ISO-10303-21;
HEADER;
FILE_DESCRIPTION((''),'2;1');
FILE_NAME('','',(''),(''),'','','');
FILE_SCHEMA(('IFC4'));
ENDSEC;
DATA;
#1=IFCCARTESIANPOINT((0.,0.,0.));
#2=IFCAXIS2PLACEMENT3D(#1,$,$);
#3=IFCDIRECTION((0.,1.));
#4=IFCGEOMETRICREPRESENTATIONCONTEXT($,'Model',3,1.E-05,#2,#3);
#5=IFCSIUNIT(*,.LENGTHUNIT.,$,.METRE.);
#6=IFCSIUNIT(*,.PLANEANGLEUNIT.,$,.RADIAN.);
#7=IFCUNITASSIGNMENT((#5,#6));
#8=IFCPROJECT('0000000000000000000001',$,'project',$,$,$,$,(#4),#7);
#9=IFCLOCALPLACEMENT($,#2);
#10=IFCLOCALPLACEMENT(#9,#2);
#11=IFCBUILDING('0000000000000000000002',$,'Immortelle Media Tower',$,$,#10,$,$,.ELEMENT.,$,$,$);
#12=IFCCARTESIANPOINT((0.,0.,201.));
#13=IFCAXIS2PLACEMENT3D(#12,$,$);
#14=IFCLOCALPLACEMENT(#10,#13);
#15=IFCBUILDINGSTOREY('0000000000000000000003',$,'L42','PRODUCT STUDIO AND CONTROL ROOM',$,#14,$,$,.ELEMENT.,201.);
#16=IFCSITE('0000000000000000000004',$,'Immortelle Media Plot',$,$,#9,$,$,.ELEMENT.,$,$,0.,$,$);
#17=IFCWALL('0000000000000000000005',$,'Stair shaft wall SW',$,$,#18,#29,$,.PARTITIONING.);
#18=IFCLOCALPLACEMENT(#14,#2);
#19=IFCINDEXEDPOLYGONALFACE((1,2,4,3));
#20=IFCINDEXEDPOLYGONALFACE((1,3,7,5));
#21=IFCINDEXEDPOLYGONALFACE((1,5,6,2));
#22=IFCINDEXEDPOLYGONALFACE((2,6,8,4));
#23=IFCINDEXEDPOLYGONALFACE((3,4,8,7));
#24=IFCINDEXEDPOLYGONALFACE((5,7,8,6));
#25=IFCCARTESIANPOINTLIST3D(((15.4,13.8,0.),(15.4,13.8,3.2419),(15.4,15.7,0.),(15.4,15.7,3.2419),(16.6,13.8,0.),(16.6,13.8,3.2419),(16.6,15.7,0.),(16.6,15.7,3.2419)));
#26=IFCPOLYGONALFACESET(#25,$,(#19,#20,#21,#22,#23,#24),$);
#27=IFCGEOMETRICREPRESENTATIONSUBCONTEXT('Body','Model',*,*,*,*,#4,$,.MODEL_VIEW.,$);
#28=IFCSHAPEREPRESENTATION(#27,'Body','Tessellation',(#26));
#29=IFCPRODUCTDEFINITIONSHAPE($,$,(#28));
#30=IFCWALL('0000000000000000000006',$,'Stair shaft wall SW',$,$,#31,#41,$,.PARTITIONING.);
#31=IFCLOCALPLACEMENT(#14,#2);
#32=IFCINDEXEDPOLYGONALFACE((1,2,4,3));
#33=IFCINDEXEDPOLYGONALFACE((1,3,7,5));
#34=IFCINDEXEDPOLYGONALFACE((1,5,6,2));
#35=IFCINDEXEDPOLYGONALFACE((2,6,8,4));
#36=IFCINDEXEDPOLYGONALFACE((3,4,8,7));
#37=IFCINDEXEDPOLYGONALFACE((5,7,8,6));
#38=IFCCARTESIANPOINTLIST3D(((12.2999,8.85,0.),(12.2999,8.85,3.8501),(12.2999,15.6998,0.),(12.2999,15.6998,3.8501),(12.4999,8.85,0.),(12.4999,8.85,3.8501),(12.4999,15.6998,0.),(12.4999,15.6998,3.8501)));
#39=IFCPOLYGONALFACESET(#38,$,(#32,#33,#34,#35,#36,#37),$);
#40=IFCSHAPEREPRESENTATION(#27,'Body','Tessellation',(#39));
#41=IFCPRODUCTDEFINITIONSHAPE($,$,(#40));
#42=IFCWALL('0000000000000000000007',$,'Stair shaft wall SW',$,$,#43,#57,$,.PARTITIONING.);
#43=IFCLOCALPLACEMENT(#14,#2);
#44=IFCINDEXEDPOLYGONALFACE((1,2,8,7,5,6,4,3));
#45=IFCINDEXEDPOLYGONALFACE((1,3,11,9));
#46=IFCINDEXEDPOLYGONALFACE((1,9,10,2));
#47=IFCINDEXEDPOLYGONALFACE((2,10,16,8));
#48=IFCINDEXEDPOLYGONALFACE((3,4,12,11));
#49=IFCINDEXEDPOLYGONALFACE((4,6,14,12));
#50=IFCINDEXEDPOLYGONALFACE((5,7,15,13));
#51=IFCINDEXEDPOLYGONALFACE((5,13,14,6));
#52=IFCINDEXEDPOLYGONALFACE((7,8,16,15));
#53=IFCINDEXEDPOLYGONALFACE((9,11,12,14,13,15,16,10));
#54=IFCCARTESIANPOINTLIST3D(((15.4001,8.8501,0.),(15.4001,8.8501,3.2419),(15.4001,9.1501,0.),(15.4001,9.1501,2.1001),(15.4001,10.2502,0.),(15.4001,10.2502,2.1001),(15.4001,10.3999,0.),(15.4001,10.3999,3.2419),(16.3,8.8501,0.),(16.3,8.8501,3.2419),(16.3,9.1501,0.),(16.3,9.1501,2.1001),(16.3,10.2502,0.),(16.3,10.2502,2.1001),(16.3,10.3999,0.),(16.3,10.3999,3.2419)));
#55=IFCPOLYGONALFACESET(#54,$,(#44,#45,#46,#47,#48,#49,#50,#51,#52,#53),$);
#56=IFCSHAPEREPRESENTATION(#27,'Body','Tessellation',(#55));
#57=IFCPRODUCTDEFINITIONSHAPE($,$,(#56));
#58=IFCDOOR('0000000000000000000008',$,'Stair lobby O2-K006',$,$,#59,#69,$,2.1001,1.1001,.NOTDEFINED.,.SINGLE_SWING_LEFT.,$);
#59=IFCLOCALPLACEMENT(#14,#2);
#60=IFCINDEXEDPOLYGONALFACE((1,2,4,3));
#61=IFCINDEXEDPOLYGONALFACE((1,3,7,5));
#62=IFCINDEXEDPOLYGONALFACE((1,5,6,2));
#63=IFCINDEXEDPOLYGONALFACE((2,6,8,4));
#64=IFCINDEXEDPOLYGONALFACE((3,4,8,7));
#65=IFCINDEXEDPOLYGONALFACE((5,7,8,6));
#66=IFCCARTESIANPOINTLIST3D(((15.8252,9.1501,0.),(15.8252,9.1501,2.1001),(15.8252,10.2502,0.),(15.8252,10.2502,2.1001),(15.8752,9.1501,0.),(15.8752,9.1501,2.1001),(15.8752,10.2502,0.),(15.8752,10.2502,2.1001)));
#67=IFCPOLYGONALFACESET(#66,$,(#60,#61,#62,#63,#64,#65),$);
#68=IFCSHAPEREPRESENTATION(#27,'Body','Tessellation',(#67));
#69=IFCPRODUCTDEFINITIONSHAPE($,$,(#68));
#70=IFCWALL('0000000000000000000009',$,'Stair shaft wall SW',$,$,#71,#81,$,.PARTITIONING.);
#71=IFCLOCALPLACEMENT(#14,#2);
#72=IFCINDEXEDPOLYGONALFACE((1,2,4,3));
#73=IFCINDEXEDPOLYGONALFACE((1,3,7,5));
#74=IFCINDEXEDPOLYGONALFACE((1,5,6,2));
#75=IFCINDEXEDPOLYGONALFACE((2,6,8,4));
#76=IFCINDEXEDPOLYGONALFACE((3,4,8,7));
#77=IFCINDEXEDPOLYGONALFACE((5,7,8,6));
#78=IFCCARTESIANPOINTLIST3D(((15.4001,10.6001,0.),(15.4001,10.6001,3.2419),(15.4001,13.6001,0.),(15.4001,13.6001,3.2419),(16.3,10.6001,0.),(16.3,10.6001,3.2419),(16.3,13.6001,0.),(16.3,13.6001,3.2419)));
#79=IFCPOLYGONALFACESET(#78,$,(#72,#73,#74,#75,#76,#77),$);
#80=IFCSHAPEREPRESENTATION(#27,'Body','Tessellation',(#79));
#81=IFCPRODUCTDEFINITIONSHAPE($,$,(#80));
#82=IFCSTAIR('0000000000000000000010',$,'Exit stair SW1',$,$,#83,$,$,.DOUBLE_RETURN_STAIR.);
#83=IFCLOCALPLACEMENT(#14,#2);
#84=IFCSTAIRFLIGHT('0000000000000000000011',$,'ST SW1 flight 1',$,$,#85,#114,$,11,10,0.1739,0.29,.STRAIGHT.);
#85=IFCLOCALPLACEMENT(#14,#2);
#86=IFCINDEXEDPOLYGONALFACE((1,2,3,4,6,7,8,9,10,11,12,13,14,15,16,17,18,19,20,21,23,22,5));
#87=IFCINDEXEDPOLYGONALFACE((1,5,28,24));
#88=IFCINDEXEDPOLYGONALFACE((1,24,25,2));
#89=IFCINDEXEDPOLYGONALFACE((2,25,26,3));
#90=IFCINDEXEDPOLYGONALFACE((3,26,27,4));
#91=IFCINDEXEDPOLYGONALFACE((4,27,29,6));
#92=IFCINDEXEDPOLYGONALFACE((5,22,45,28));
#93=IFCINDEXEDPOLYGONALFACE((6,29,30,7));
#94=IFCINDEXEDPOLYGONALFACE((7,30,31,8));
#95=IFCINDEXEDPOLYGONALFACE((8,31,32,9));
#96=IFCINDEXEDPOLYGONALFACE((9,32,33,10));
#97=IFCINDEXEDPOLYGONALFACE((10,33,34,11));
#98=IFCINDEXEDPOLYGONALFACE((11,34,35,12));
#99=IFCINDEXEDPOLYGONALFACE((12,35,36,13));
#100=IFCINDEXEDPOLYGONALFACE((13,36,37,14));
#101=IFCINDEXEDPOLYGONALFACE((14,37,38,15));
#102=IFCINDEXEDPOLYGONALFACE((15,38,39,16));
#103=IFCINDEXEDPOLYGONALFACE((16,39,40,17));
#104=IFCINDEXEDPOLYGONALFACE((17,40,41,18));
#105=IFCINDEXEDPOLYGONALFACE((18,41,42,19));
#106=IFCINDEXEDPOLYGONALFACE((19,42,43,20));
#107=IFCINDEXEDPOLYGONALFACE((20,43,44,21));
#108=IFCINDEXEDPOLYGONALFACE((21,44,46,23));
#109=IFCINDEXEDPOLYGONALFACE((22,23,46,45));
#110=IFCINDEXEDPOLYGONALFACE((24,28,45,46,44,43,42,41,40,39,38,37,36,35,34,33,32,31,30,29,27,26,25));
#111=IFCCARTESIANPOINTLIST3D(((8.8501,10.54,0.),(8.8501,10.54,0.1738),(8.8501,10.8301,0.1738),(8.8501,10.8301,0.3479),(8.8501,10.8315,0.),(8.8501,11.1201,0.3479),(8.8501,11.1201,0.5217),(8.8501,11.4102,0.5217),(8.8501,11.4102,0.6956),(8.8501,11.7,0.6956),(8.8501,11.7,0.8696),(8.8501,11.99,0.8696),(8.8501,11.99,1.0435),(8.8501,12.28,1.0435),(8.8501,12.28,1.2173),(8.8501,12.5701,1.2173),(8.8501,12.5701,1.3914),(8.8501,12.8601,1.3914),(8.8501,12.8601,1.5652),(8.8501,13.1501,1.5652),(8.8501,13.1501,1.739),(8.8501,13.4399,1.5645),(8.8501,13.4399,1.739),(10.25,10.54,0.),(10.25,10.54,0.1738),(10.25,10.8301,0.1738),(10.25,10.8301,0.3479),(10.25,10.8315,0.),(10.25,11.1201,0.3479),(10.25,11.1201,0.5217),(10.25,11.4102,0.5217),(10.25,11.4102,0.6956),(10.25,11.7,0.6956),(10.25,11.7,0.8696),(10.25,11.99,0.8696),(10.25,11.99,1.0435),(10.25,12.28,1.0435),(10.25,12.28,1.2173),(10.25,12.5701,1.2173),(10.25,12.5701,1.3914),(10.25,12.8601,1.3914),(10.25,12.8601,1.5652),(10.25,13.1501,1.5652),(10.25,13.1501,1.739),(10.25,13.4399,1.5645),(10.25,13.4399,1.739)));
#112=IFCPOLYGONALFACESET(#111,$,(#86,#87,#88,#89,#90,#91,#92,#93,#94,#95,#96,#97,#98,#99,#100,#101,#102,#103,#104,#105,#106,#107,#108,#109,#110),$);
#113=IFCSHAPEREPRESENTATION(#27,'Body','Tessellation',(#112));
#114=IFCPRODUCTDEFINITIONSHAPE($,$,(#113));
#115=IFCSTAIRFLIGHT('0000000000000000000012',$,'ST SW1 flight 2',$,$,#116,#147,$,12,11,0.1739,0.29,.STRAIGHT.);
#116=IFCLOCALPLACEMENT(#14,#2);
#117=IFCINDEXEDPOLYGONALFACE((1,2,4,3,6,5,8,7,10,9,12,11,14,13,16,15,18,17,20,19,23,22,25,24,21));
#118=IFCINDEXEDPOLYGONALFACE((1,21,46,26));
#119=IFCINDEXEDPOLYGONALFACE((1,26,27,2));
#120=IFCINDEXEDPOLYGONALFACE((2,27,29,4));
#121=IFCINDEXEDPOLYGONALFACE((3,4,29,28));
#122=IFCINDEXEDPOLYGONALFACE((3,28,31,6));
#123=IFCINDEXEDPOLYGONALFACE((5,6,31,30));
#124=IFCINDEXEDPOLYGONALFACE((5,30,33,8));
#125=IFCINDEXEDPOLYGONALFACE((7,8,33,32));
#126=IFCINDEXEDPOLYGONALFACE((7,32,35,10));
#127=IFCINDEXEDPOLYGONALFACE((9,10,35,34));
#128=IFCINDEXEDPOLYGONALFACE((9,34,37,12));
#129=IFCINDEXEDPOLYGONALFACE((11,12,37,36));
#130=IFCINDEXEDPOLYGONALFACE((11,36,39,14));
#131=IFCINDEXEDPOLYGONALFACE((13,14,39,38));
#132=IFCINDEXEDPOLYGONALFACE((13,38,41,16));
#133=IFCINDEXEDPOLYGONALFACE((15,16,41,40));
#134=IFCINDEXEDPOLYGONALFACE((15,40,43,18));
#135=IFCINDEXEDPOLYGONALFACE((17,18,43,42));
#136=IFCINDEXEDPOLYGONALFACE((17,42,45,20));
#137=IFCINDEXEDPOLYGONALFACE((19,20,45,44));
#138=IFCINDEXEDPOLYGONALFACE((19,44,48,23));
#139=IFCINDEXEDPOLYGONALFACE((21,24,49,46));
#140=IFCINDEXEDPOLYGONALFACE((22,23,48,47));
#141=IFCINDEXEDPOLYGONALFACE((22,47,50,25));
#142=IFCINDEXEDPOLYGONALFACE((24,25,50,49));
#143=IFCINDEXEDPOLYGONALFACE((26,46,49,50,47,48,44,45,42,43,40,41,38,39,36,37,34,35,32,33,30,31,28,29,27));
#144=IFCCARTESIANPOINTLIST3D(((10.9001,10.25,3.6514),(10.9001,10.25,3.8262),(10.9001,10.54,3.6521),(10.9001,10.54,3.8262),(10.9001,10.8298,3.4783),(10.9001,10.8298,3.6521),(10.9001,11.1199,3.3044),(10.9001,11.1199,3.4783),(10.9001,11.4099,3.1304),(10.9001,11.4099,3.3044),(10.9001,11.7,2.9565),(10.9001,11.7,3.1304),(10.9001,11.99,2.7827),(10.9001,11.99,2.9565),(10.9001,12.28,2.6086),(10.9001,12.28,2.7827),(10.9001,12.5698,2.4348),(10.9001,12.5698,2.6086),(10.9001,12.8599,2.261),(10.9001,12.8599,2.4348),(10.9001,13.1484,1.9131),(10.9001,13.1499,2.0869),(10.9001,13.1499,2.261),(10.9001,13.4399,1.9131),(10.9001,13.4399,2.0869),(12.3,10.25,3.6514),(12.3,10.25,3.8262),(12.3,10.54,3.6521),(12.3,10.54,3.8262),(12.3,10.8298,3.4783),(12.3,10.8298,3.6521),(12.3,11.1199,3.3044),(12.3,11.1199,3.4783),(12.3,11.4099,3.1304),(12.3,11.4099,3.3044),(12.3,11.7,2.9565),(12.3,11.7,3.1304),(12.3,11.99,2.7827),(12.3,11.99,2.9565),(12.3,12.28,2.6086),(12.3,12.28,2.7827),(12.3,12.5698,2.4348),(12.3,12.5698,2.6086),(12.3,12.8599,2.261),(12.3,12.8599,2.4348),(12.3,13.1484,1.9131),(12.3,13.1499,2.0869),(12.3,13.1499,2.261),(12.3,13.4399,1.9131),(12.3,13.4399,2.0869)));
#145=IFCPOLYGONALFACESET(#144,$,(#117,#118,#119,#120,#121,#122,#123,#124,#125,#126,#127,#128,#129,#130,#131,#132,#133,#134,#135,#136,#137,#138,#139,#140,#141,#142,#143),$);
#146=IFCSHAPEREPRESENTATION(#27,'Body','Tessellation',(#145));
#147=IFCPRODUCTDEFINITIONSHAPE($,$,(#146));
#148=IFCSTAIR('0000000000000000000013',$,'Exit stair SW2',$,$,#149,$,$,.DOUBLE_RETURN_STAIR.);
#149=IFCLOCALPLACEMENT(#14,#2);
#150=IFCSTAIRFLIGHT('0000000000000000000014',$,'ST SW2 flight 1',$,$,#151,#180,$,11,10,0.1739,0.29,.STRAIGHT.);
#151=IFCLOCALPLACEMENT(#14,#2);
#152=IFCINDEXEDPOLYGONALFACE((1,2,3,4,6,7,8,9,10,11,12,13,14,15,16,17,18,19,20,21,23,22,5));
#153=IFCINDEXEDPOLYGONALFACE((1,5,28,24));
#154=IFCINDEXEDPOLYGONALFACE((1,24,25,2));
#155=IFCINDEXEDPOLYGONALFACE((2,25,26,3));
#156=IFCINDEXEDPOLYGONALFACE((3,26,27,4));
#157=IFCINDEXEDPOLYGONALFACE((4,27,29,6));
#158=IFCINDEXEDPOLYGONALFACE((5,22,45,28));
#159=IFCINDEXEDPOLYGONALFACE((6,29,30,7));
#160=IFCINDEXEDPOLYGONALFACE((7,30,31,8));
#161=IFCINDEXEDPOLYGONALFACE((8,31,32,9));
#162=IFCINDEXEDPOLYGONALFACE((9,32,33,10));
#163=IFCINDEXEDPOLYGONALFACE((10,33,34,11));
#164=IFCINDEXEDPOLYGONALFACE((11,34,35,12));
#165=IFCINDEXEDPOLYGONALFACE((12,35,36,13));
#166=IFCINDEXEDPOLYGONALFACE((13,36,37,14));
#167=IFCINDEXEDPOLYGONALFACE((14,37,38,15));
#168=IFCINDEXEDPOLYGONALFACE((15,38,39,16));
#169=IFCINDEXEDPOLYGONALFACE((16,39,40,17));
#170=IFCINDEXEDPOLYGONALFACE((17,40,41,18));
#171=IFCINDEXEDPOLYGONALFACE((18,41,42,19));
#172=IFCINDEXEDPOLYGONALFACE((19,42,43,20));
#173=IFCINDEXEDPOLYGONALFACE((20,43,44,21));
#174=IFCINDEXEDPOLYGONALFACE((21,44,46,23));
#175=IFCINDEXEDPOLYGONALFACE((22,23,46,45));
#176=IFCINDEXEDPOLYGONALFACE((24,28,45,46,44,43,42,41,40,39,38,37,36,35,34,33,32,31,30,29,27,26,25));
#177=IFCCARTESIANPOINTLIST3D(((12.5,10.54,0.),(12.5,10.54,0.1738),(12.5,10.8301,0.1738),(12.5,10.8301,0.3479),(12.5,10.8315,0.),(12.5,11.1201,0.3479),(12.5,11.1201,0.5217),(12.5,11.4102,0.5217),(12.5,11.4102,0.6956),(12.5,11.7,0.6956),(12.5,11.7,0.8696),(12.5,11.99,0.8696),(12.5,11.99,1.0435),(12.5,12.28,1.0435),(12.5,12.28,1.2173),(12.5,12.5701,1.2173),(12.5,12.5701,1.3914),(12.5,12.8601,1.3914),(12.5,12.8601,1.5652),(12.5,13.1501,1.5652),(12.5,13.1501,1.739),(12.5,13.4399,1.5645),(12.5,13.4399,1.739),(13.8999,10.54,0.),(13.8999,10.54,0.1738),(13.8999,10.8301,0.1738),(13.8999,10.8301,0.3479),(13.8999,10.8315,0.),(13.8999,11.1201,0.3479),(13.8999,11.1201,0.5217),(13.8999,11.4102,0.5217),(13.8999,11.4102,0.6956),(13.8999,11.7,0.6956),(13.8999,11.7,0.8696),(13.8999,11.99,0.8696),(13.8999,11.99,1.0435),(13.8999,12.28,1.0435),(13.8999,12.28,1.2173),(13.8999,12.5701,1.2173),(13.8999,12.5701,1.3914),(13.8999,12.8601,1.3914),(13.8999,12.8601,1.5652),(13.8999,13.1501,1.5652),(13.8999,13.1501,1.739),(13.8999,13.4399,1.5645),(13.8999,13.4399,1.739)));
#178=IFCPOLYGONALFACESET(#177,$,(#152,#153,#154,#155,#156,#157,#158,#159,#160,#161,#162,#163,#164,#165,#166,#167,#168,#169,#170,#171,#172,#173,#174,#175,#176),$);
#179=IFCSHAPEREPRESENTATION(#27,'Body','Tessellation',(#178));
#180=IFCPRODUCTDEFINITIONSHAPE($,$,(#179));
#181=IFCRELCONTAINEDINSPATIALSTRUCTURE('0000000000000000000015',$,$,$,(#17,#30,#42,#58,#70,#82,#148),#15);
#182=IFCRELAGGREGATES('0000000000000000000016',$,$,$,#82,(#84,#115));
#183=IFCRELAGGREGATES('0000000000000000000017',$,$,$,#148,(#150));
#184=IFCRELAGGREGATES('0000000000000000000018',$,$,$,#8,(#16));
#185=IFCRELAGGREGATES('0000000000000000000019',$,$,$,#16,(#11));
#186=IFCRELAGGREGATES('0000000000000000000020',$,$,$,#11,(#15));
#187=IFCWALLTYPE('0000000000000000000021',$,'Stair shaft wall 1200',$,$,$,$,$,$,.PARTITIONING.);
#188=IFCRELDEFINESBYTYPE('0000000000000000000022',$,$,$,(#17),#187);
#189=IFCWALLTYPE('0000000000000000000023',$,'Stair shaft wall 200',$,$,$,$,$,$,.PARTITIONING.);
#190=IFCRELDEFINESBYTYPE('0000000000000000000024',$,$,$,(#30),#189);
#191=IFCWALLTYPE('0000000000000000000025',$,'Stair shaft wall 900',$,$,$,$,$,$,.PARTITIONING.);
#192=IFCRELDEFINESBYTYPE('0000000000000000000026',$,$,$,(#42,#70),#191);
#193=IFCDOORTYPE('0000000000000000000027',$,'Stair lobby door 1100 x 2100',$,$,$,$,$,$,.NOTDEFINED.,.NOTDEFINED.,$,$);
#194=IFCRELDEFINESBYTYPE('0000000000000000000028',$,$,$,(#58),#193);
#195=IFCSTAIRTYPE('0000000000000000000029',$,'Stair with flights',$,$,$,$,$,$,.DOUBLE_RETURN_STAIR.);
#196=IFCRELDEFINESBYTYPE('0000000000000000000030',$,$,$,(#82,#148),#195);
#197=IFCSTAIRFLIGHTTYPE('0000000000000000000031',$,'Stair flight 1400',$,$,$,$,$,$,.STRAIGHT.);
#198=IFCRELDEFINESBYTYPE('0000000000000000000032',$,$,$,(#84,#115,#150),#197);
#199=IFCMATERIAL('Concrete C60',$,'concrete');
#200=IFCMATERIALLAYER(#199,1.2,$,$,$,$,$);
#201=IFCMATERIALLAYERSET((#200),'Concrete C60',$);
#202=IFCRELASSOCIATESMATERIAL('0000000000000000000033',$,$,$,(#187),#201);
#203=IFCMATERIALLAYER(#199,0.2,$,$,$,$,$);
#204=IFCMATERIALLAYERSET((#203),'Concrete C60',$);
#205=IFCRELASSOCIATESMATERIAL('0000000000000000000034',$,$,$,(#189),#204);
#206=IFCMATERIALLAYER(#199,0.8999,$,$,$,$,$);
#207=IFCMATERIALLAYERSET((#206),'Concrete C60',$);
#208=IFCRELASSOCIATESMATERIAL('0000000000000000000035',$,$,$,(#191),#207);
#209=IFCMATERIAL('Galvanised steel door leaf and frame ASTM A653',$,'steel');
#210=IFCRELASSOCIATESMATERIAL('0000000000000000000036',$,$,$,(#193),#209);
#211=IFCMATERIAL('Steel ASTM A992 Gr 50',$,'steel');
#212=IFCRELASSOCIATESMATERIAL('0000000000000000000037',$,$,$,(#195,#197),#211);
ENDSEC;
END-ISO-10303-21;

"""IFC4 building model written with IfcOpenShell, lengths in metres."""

from ifc_helpers import new_model, si_unit, direction, frame, frame_2d, origin, place, context, subcontext, project, spatial, polyline, rectangle, outline, extrude, material, layer, layer_set, type_object, element, fill, aggregate, save


model = new_model("IFC4")

# Units and contexts
model_context = context("Model", 3, precision=1e-05, world=origin(), true_north=direction((0.0, 1.0)))
body_context = subcontext(model_context, "Body", "Model", "MODEL_VIEW")
ifc_project = project(units=[si_unit("LENGTHUNIT", "METRE"), si_unit("PLANEANGLEUNIT", "RADIAN")], contexts=[model_context])

# Site, building, storey
site_placement = place(None, origin())
site = spatial("IfcSite", under=ifc_project, at=site_placement, Name="Immortelle Media Plot", CompositionType="ELEMENT", RefElevation=0.0)
building_placement = place(site_placement, origin())
building = spatial("IfcBuilding", under=site, at=building_placement, Name="Immortelle Media Tower", CompositionType="ELEMENT")
storey_placement = place(building_placement, frame((0.0, 0.0, 201.0)))
storey = spatial("IfcBuildingStorey", under=building, at=storey_placement, Name="L42", Description="PRODUCT STUDIO AND CONTROL ROOM", CompositionType="ELEMENT", Elevation=201.0)

# Shared definitions
ifc_material_1 = material(Name="Steel ASTM A992 Gr 50", Category="steel")

# Walls
ifc_material_2 = material(Name="Concrete C60", Category="concrete")
ifc_layer_1 = layer(ifc_material_2, 1.2)
ifc_layer_set_1 = layer_set([ifc_layer_1], Name="Concrete C60")
wall_type_1 = type_object("IfcWallType", Name="Stair shaft wall 1200", PredefinedType="PARTITIONING", material=ifc_layer_set_1)
wall_1_placement = place(storey_placement, frame((16.0, 13.8, 0.0), z_axis=(0.0, 0.0, 1.0), x_axis=(0.0, 1.0, 0.0)))
element("IfcWall", 1, at=wall_1_placement, inside=storey, type_object=wall_type_1, Name="Stair shaft wall SW", PredefinedType="PARTITIONING", context=body_context, shape_type="SweptSolid", body=[
    extrude(rectangle(XDim=1.8999, YDim=1.2, at=frame_2d((0.95, 0.0))), origin(), (0.0, 0.0, 1.0), 3.2419),
])
ifc_layer_2 = layer(ifc_material_2, 0.2)
ifc_layer_set_2 = layer_set([ifc_layer_2], Name="Concrete C60")
wall_type_2 = type_object("IfcWallType", Name="Stair shaft wall 200", PredefinedType="PARTITIONING", material=ifc_layer_set_2)
wall_2_placement = place(storey_placement, frame((12.3999, 8.8501, 0.0), z_axis=(0.0, 0.0, 1.0), x_axis=(0.0, 1.0, 0.0)))
element("IfcWall", 2, at=wall_2_placement, inside=storey, type_object=wall_type_2, Name="Stair shaft wall SW", PredefinedType="PARTITIONING", context=body_context, shape_type="SweptSolid", body=[
    extrude(rectangle(XDim=6.8499, YDim=0.2, at=frame_2d((3.4248, 0.0))), origin(), (0.0, 0.0, 1.0), 3.8501),
])

# Wall, opening, door
ifc_layer_3 = layer(ifc_material_2, 0.8999)
ifc_layer_set_3 = layer_set([ifc_layer_3], Name="Concrete C60")
wall_type_3 = type_object("IfcWallType", Name="Stair shaft wall 900", PredefinedType="PARTITIONING", material=ifc_layer_set_3)
wall_3_placement = place(storey_placement, frame((15.8501, 8.8501, 0.0), z_axis=(0.0, 0.0, 1.0), x_axis=(0.0, 1.0, 0.0)))
wall_3 = element("IfcWall", 3, at=wall_3_placement, inside=storey, type_object=wall_type_3, Name="Stair shaft wall SW", PredefinedType="PARTITIONING", context=body_context, shape_type="SweptSolid", body=[
    extrude(rectangle(XDim=1.5498, YDim=0.8999, at=frame_2d((0.7749, 0.0))), origin(), (0.0, 0.0, 1.0), 3.2419),
])
opening_1_placement = place(wall_3_placement, frame((0.3, 0.0, 0.0)))
opening_1 = element("IfcOpeningElement", 4, at=opening_1_placement, cuts=wall_3, PredefinedType="OPENING", context=body_context, shape_type="SweptSolid", body=[
    extrude(rectangle(XDim=1.1001, YDim=2.1001, at=frame_2d((0.55, 1.05))), frame((0.0, 0.46, 0.0), z_axis=(0.0, -1.0, 0.0), x_axis=(1.0, 0.0, 0.0)), (0.0, 0.0, 1.0), 0.9199),
])
ifc_material_3 = material(Name="Galvanised steel door leaf and frame ASTM A653", Category="steel")
door_type_1 = type_object("IfcDoorType", Name="Stair lobby door 1100 x 2100", OperationType="NOTDEFINED", PredefinedType="NOTDEFINED", material=ifc_material_3)
door_1_placement = place(opening_1_placement, origin())
door_1 = element("IfcDoor", 5, at=door_1_placement, inside=storey, type_object=door_type_1, Name="Stair lobby O2-K006", OperationType="SINGLE_SWING_LEFT", OverallHeight=2.1001, OverallWidth=1.1001, PredefinedType="NOTDEFINED", context=body_context, shape_type="SweptSolid", body=[
    extrude(rectangle(XDim=1.1001, YDim=2.1001, at=frame_2d((0.55, 1.05))), frame((0.0, 0.0249, 0.0), z_axis=(0.0, -1.0, 0.0), x_axis=(1.0, 0.0, 0.0)), (0.0, 0.0, 1.0), 0.05),
])
fill(opening_1, door_1)

# Wall
wall_4_placement = place(storey_placement, frame((15.8501, 10.6001, 0.0), z_axis=(0.0, 0.0, 1.0), x_axis=(0.0, 1.0, 0.0)))
element("IfcWall", 6, at=wall_4_placement, inside=storey, type_object=wall_type_3, Name="Stair shaft wall SW", PredefinedType="PARTITIONING", context=body_context, shape_type="SweptSolid", body=[
    extrude(rectangle(XDim=3.0, YDim=0.8999, at=frame_2d((1.5, 0.0))), origin(), (0.0, 0.0, 1.0), 3.2419),
])

# Stairs, stair flights
stair_type = type_object("IfcStairType", Name="Stair with flights", PredefinedType="DOUBLE_RETURN_STAIR", material=ifc_material_1)
stair_1_placement = place(storey_placement, origin())
stair_1 = element("IfcStair", 7, at=stair_1_placement, inside=storey, type_object=stair_type, Name="Exit stair SW1", PredefinedType="DOUBLE_RETURN_STAIR")
stair_flight_type = type_object("IfcStairFlightType", Name="Stair flight 1400", PredefinedType="STRAIGHT", material=ifc_material_1)
stair_flight_1_placement = place(storey_placement, frame((9.55, 10.54, 0.0), z_axis=(0.0, 0.0, 1.0), x_axis=(0.0, 1.0, 0.0)))
stair_flight_1 = element("IfcStairFlight", 8, at=stair_flight_1_placement, type_object=stair_flight_type, Name="ST SW1 flight 1", NumberOfRisers=11, NumberOfTreads=10, PredefinedType="STRAIGHT", RiserHeight=0.1739, TreadLength=0.29, context=body_context, shape_type="SweptSolid", body=[
    extrude(outline(polyline([(0.0, 0.0), (0.0, 0.1738), (0.29, 0.1738), (0.29, 0.3479), (0.5801, 0.3479), (0.5801, 0.5217), (0.8701, 0.5217), (0.8701, 0.6956), (1.1599, 0.6956), (1.1599, 0.8696), (1.45, 0.8696), (1.45, 1.0435), (1.74, 1.0435), (1.74, 1.2173), (2.03, 1.2173), (2.03, 1.3914), (2.3201, 1.3914), (2.3201, 1.5652), (2.6101, 1.5652), (2.6101, 1.739), (2.8999, 1.739), (2.8999, 1.9131), (2.8999, 1.5645), (0.2915, 0.0), (0.0, 0.0)])), frame((0.0, 0.7, 0.0), z_axis=(0.0, -1.0, 0.0), x_axis=(1.0, 0.0, 0.0)), (0.0, 0.0, 1.0), 1.3999),
])
stair_flight_2_placement = place(storey_placement, frame((11.6001, 13.4399, 1.9131), z_axis=(0.0, 0.0, 1.0), x_axis=(0.0, -1.0, 0.0)))
stair_flight_2 = element("IfcStairFlight", 9, at=stair_flight_2_placement, type_object=stair_flight_type, Name="ST SW1 flight 2", NumberOfRisers=12, NumberOfTreads=11, PredefinedType="STRAIGHT", RiserHeight=0.1739, TreadLength=0.29, context=body_context, shape_type="SweptSolid", body=[
    extrude(outline(polyline([(0.0, 0.0), (0.0, 0.1738), (0.29, 0.1738), (0.29, 0.3479), (0.5801, 0.3479), (0.5801, 0.5217), (0.8701, 0.5217), (0.8701, 0.6956), (1.1599, 0.6956), (1.1599, 0.8696), (1.45, 0.8696), (1.45, 1.0435), (1.74, 1.0435), (1.74, 1.2173), (2.03, 1.2173), (2.03, 1.3914), (2.3201, 1.3914), (2.3201, 1.5652), (2.6101, 1.5652), (2.6101, 1.739), (2.8999, 1.739), (2.8999, 1.9131), (3.1899, 1.9131), (3.1899, 2.0869), (3.1899, 1.7383), (0.2915, 0.0), (0.0, 0.0)])), frame((0.0, 0.7, 0.0), z_axis=(0.0, -1.0, 0.0), x_axis=(1.0, 0.0, 0.0)), (0.0, 0.0, 1.0), 1.3999),
])
aggregate(stair_1, [stair_flight_1, stair_flight_2])
stair_2_placement = place(storey_placement, origin())
stair_2 = element("IfcStair", 10, at=stair_2_placement, inside=storey, type_object=stair_type, Name="Exit stair SW2", PredefinedType="DOUBLE_RETURN_STAIR")
stair_flight_3_placement = place(storey_placement, frame((13.2, 10.54, 0.0), z_axis=(0.0, 0.0, 1.0), x_axis=(0.0, 1.0, 0.0)))
stair_flight_3 = element("IfcStairFlight", 11, at=stair_flight_3_placement, type_object=stair_flight_type, Name="ST SW2 flight 1", NumberOfRisers=11, NumberOfTreads=10, PredefinedType="STRAIGHT", RiserHeight=0.1739, TreadLength=0.29, context=body_context, shape_type="SweptSolid", body=[
    extrude(outline(polyline([(0.0, 0.0), (0.0, 0.1738), (0.29, 0.1738), (0.29, 0.3479), (0.5801, 0.3479), (0.5801, 0.5217), (0.8701, 0.5217), (0.8701, 0.6956), (1.1599, 0.6956), (1.1599, 0.8696), (1.45, 0.8696), (1.45, 1.0435), (1.74, 1.0435), (1.74, 1.2173), (2.03, 1.2173), (2.03, 1.3914), (2.3201, 1.3914), (2.3201, 1.5652), (2.6101, 1.5652), (2.6101, 1.739), (2.8999, 1.739), (2.8999, 1.9131), (2.8999, 1.5645), (0.2915, 0.0), (0.0, 0.0)])), frame((0.0, 0.7, 0.0), z_axis=(0.0, -1.0, 0.0), x_axis=(1.0, 0.0, 0.0)), (0.0, 0.0, 1.0), 1.3999),
])
aggregate(stair_2, [stair_flight_3])

save(model, "model.ifc")
